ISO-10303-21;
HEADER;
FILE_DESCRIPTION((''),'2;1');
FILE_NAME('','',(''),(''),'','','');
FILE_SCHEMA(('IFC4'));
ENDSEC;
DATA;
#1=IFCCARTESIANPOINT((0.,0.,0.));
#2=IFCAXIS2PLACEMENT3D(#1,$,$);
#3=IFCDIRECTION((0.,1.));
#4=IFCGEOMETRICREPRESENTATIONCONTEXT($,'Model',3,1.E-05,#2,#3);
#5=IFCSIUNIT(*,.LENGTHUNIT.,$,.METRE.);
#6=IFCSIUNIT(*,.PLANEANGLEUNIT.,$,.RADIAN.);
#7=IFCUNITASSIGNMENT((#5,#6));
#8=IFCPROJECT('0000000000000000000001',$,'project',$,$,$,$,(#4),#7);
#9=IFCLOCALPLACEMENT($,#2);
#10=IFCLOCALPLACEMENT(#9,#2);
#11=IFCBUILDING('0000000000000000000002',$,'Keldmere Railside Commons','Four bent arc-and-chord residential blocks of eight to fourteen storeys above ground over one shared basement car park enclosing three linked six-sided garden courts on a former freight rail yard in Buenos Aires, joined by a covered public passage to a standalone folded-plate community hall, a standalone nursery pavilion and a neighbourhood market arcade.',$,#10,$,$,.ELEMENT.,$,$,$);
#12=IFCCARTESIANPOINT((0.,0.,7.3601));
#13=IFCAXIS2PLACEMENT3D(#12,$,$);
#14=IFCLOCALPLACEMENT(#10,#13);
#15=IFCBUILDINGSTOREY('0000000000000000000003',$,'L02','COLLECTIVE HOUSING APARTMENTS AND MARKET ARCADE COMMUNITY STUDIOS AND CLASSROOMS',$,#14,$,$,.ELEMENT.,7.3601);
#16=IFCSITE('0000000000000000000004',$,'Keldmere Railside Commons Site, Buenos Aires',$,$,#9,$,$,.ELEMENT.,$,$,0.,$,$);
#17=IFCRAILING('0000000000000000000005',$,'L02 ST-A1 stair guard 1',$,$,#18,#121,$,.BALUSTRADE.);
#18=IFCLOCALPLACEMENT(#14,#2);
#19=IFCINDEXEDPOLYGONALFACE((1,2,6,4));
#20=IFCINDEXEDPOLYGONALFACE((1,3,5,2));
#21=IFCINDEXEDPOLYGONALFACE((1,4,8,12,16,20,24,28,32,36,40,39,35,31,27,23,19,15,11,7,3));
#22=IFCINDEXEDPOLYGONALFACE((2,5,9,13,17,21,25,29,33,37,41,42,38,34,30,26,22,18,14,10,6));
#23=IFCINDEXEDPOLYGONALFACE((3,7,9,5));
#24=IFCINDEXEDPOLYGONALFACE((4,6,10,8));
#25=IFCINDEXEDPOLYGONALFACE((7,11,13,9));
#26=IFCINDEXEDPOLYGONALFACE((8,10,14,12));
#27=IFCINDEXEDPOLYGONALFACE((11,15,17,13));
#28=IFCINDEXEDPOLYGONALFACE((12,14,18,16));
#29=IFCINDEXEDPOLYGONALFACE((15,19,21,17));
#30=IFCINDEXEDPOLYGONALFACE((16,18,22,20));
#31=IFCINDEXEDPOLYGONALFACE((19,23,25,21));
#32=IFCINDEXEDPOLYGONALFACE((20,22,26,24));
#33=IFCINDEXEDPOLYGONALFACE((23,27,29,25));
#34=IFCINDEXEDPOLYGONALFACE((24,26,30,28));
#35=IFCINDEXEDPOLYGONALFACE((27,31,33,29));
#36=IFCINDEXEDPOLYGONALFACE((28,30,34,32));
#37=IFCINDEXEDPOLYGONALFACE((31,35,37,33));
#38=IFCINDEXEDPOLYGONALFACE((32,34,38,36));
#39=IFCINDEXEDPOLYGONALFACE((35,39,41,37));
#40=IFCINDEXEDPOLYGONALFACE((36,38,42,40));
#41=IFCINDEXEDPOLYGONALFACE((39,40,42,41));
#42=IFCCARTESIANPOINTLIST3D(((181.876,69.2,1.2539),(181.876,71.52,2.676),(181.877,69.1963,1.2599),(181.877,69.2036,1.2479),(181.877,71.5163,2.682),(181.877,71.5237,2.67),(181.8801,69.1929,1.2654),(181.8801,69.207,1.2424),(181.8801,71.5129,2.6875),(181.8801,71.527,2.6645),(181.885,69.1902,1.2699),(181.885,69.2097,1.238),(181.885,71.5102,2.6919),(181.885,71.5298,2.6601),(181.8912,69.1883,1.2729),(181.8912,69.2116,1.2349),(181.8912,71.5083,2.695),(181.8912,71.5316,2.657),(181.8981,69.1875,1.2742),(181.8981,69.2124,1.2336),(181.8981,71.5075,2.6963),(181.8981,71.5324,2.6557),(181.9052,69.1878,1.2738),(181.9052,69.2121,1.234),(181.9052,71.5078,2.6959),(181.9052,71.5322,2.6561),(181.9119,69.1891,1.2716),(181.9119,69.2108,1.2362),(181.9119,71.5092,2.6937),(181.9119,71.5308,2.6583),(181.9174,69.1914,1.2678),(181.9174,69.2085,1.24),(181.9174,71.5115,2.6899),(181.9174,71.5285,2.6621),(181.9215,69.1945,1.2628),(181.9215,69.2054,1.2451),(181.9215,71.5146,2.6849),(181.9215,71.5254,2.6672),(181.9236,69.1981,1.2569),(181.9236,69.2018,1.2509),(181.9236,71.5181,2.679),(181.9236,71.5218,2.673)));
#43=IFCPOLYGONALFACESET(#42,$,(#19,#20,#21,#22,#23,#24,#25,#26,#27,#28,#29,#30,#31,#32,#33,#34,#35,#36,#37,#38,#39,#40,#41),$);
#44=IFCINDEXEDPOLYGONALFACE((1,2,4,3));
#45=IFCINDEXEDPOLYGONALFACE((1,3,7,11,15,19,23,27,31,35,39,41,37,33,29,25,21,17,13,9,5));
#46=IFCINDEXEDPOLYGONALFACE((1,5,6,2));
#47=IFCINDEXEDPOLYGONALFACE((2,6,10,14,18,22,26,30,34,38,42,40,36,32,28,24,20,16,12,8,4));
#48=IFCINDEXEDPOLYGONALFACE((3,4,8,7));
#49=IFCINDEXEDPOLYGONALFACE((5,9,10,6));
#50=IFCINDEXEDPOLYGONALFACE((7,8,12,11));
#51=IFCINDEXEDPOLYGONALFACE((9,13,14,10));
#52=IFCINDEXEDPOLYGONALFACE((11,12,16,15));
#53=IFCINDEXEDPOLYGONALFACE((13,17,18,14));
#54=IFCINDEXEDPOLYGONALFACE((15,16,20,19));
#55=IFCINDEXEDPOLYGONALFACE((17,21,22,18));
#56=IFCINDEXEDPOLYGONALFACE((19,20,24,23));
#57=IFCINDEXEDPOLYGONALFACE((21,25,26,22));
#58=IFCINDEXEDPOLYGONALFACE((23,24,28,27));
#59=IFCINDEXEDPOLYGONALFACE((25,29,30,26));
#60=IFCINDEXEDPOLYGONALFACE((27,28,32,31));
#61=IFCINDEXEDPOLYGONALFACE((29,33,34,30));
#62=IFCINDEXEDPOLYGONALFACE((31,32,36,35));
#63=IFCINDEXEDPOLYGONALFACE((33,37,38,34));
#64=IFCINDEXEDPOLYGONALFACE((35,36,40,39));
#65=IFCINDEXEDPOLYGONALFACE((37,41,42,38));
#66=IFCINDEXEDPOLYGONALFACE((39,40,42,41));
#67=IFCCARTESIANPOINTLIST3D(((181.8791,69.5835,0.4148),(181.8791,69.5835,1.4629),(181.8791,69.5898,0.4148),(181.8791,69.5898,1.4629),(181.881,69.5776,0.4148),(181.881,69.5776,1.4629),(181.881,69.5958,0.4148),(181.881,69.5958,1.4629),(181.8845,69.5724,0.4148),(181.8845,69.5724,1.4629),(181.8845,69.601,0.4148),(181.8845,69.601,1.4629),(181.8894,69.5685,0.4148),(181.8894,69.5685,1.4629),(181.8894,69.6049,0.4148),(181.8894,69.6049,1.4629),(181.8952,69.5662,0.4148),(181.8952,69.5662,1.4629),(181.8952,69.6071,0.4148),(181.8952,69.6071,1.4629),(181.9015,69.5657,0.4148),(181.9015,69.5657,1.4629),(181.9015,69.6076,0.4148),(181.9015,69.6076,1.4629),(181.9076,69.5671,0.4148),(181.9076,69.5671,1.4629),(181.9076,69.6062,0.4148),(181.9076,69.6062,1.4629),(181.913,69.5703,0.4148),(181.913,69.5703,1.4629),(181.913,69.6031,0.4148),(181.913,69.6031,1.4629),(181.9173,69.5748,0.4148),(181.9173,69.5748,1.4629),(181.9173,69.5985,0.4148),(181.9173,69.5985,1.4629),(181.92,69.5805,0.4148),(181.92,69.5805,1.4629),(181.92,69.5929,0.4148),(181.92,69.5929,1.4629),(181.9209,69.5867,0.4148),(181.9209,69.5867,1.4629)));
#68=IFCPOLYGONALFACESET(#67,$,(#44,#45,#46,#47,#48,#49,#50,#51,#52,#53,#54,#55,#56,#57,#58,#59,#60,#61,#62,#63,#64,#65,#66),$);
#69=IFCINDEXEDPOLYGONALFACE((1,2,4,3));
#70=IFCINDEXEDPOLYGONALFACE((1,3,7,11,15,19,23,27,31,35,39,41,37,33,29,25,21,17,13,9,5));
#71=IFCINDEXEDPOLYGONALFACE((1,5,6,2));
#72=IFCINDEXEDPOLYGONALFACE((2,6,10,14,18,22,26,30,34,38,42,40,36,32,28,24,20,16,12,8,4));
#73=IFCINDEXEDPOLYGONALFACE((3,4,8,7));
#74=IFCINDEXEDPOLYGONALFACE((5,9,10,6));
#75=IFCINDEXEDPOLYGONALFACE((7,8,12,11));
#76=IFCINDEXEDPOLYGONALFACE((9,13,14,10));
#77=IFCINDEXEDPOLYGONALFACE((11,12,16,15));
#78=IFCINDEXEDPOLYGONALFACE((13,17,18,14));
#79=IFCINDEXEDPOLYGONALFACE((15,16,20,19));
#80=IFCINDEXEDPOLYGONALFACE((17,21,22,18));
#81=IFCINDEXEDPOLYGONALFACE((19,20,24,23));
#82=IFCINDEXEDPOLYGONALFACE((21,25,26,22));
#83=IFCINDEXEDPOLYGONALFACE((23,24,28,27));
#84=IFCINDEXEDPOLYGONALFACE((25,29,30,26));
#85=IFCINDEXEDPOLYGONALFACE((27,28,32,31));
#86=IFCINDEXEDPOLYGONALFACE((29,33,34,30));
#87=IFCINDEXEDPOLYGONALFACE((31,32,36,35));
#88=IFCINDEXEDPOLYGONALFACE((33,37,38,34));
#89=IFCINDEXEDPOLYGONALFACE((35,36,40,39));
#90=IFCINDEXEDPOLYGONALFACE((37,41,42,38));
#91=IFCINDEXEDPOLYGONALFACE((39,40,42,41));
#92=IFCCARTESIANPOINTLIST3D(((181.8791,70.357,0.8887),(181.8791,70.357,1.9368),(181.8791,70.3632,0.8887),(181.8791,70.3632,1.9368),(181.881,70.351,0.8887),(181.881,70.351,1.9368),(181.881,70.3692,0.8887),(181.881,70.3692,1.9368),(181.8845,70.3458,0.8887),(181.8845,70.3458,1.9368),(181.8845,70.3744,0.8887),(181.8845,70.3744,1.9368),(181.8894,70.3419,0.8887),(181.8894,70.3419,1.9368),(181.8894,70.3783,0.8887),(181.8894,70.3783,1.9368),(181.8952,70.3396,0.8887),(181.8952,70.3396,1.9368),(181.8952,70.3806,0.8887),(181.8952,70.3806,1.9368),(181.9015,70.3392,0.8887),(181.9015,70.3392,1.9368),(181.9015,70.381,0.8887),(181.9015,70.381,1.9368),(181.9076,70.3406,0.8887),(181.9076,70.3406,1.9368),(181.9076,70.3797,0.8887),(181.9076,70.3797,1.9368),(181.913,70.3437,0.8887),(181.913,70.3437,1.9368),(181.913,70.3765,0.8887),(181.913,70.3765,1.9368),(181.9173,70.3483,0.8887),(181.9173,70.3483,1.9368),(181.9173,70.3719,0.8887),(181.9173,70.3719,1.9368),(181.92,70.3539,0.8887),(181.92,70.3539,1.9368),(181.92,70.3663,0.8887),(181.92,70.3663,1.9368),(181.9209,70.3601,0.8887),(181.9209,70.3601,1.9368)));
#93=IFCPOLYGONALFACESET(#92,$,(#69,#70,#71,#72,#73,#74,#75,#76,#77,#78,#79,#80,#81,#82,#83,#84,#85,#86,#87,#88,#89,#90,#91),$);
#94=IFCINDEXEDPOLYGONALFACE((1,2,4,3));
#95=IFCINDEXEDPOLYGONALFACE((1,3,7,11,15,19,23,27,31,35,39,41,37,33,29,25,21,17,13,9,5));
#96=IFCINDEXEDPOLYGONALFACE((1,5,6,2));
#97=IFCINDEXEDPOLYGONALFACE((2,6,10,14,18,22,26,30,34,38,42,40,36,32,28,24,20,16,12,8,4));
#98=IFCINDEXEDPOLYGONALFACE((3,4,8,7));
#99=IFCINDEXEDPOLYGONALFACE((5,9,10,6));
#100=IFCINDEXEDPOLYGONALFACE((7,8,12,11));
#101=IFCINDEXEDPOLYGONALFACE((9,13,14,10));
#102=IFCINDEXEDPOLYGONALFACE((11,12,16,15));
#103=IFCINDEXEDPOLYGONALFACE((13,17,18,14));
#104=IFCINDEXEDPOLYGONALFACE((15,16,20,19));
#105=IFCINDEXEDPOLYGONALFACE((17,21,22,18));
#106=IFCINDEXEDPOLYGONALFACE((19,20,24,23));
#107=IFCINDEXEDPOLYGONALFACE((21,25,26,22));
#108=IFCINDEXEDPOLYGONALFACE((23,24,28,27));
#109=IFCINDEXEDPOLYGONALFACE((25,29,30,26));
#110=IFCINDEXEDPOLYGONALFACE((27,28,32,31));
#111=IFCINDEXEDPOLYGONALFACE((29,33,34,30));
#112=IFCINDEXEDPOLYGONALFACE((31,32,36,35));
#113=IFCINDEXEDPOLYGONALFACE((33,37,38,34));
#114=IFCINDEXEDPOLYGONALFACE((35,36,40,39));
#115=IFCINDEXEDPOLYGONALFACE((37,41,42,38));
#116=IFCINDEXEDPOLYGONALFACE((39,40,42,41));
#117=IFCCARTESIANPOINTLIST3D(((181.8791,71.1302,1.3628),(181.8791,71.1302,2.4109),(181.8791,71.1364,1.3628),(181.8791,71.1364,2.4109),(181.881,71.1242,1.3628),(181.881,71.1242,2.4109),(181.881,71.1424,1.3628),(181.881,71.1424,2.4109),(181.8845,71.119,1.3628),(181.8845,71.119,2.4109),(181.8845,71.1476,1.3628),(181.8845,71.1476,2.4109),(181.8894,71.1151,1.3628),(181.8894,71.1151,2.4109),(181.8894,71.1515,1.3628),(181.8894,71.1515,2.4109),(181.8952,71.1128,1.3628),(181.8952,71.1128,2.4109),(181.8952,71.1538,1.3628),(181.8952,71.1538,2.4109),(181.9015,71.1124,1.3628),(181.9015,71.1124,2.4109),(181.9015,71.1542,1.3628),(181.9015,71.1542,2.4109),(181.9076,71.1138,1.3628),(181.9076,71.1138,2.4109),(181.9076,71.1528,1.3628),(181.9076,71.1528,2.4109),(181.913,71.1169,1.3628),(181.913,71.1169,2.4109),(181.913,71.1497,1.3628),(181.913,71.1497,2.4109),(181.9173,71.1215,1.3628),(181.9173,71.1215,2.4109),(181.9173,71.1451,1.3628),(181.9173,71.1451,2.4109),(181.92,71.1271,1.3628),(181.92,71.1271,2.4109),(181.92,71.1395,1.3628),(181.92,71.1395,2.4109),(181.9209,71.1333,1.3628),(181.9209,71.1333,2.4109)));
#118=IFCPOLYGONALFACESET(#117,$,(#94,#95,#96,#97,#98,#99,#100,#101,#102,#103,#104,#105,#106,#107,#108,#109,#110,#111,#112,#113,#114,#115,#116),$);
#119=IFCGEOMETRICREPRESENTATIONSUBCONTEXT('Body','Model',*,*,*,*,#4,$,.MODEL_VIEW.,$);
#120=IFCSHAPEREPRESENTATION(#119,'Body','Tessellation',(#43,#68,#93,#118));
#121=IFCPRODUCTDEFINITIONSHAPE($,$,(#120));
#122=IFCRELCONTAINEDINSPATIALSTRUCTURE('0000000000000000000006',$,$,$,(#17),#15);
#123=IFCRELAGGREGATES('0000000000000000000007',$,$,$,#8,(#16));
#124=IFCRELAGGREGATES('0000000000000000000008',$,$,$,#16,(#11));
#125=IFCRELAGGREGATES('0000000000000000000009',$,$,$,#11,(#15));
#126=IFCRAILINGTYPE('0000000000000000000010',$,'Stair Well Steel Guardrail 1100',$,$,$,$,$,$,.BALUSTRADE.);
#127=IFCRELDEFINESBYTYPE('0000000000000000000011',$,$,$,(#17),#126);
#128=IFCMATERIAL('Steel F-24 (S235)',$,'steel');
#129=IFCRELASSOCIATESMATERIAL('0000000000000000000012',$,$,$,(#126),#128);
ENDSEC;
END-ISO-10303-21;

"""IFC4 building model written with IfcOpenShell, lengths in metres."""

from ifc_helpers import new_model, si_unit, direction, frame, origin, origin_2d, place, context, subcontext, project, spatial, circle, extrude, material, type_object, element, save


model = new_model("IFC4")

# Units and contexts
model_context = context("Model", 3, precision=1e-05, world=origin(), true_north=direction((0.0, 1.0)))
body_context = subcontext(model_context, "Body", "Model", "MODEL_VIEW")
ifc_project = project(units=[si_unit("LENGTHUNIT", "METRE"), si_unit("PLANEANGLEUNIT", "RADIAN")], contexts=[model_context])

# Site, building, storey
site_placement = place(None, origin())
site = spatial("IfcSite", under=ifc_project, at=site_placement, Name="Keldmere Railside Commons Site, Buenos Aires", CompositionType="ELEMENT", RefElevation=0.0)
building_placement = place(site_placement, origin())
building = spatial("IfcBuilding", under=site, at=building_placement, Name="Keldmere Railside Commons", Description="Four bent arc-and-chord residential blocks of eight to fourteen storeys above ground over one shared basement car park enclosing three linked six-sided garden courts on a former freight rail yard in Buenos Aires, joined by a covered public passage to a standalone folded-plate community hall, a standalone nursery pavilion and a neighbourhood market arcade.", CompositionType="ELEMENT")
storey_placement = place(building_placement, frame((0.0, 0.0, 7.3601)))
storey = spatial("IfcBuildingStorey", under=building, at=storey_placement, Name="L02", Description="COLLECTIVE HOUSING APARTMENTS AND MARKET ARCADE COMMUNITY STUDIOS AND CLASSROOMS", CompositionType="ELEMENT", Elevation=7.3601)

# Shared definitions
ifc_material_1 = material(Name="Steel F-24 (S235)", Category="steel")

# Railing
railing_type_1 = type_object("IfcRailingType", Name="Stair Well Steel Guardrail 1100", PredefinedType="BALUSTRADE", material=ifc_material_1)
railing_1_placement = place(storey_placement, frame((181.8999, 69.2, 0.1777)))
element("IfcRailing", 1, at=railing_1_placement, inside=storey, type_object=railing_type_1, Name="L02 ST-A1 stair guard 1", PredefinedType="BALUSTRADE", context=body_context, shape_type="SweptSolid", body=[
    extrude(circle(Radius=0.0239, at=origin_2d()), frame((0.0, 0.0, 1.0762), z_axis=(0.0, 0.852578, 0.5226), x_axis=(-1.0, 0.0, 0.0)), (0.0, 0.0, 1.0), 2.7212),
    extrude(circle(Radius=0.021, at=origin_2d()), frame((0.0, 0.3867, 0.2371)), (0.0, 0.0, 1.0), 1.0481),
    extrude(circle(Radius=0.021, at=origin_2d()), frame((0.0, 1.1602, 0.7109)), (0.0, 0.0, 1.0), 1.0481),
    extrude(circle(Radius=0.021, at=origin_2d()), frame((0.0, 1.9333, 1.1851)), (0.0, 0.0, 1.0), 1.0481),
])

save(model, "model.ifc")
